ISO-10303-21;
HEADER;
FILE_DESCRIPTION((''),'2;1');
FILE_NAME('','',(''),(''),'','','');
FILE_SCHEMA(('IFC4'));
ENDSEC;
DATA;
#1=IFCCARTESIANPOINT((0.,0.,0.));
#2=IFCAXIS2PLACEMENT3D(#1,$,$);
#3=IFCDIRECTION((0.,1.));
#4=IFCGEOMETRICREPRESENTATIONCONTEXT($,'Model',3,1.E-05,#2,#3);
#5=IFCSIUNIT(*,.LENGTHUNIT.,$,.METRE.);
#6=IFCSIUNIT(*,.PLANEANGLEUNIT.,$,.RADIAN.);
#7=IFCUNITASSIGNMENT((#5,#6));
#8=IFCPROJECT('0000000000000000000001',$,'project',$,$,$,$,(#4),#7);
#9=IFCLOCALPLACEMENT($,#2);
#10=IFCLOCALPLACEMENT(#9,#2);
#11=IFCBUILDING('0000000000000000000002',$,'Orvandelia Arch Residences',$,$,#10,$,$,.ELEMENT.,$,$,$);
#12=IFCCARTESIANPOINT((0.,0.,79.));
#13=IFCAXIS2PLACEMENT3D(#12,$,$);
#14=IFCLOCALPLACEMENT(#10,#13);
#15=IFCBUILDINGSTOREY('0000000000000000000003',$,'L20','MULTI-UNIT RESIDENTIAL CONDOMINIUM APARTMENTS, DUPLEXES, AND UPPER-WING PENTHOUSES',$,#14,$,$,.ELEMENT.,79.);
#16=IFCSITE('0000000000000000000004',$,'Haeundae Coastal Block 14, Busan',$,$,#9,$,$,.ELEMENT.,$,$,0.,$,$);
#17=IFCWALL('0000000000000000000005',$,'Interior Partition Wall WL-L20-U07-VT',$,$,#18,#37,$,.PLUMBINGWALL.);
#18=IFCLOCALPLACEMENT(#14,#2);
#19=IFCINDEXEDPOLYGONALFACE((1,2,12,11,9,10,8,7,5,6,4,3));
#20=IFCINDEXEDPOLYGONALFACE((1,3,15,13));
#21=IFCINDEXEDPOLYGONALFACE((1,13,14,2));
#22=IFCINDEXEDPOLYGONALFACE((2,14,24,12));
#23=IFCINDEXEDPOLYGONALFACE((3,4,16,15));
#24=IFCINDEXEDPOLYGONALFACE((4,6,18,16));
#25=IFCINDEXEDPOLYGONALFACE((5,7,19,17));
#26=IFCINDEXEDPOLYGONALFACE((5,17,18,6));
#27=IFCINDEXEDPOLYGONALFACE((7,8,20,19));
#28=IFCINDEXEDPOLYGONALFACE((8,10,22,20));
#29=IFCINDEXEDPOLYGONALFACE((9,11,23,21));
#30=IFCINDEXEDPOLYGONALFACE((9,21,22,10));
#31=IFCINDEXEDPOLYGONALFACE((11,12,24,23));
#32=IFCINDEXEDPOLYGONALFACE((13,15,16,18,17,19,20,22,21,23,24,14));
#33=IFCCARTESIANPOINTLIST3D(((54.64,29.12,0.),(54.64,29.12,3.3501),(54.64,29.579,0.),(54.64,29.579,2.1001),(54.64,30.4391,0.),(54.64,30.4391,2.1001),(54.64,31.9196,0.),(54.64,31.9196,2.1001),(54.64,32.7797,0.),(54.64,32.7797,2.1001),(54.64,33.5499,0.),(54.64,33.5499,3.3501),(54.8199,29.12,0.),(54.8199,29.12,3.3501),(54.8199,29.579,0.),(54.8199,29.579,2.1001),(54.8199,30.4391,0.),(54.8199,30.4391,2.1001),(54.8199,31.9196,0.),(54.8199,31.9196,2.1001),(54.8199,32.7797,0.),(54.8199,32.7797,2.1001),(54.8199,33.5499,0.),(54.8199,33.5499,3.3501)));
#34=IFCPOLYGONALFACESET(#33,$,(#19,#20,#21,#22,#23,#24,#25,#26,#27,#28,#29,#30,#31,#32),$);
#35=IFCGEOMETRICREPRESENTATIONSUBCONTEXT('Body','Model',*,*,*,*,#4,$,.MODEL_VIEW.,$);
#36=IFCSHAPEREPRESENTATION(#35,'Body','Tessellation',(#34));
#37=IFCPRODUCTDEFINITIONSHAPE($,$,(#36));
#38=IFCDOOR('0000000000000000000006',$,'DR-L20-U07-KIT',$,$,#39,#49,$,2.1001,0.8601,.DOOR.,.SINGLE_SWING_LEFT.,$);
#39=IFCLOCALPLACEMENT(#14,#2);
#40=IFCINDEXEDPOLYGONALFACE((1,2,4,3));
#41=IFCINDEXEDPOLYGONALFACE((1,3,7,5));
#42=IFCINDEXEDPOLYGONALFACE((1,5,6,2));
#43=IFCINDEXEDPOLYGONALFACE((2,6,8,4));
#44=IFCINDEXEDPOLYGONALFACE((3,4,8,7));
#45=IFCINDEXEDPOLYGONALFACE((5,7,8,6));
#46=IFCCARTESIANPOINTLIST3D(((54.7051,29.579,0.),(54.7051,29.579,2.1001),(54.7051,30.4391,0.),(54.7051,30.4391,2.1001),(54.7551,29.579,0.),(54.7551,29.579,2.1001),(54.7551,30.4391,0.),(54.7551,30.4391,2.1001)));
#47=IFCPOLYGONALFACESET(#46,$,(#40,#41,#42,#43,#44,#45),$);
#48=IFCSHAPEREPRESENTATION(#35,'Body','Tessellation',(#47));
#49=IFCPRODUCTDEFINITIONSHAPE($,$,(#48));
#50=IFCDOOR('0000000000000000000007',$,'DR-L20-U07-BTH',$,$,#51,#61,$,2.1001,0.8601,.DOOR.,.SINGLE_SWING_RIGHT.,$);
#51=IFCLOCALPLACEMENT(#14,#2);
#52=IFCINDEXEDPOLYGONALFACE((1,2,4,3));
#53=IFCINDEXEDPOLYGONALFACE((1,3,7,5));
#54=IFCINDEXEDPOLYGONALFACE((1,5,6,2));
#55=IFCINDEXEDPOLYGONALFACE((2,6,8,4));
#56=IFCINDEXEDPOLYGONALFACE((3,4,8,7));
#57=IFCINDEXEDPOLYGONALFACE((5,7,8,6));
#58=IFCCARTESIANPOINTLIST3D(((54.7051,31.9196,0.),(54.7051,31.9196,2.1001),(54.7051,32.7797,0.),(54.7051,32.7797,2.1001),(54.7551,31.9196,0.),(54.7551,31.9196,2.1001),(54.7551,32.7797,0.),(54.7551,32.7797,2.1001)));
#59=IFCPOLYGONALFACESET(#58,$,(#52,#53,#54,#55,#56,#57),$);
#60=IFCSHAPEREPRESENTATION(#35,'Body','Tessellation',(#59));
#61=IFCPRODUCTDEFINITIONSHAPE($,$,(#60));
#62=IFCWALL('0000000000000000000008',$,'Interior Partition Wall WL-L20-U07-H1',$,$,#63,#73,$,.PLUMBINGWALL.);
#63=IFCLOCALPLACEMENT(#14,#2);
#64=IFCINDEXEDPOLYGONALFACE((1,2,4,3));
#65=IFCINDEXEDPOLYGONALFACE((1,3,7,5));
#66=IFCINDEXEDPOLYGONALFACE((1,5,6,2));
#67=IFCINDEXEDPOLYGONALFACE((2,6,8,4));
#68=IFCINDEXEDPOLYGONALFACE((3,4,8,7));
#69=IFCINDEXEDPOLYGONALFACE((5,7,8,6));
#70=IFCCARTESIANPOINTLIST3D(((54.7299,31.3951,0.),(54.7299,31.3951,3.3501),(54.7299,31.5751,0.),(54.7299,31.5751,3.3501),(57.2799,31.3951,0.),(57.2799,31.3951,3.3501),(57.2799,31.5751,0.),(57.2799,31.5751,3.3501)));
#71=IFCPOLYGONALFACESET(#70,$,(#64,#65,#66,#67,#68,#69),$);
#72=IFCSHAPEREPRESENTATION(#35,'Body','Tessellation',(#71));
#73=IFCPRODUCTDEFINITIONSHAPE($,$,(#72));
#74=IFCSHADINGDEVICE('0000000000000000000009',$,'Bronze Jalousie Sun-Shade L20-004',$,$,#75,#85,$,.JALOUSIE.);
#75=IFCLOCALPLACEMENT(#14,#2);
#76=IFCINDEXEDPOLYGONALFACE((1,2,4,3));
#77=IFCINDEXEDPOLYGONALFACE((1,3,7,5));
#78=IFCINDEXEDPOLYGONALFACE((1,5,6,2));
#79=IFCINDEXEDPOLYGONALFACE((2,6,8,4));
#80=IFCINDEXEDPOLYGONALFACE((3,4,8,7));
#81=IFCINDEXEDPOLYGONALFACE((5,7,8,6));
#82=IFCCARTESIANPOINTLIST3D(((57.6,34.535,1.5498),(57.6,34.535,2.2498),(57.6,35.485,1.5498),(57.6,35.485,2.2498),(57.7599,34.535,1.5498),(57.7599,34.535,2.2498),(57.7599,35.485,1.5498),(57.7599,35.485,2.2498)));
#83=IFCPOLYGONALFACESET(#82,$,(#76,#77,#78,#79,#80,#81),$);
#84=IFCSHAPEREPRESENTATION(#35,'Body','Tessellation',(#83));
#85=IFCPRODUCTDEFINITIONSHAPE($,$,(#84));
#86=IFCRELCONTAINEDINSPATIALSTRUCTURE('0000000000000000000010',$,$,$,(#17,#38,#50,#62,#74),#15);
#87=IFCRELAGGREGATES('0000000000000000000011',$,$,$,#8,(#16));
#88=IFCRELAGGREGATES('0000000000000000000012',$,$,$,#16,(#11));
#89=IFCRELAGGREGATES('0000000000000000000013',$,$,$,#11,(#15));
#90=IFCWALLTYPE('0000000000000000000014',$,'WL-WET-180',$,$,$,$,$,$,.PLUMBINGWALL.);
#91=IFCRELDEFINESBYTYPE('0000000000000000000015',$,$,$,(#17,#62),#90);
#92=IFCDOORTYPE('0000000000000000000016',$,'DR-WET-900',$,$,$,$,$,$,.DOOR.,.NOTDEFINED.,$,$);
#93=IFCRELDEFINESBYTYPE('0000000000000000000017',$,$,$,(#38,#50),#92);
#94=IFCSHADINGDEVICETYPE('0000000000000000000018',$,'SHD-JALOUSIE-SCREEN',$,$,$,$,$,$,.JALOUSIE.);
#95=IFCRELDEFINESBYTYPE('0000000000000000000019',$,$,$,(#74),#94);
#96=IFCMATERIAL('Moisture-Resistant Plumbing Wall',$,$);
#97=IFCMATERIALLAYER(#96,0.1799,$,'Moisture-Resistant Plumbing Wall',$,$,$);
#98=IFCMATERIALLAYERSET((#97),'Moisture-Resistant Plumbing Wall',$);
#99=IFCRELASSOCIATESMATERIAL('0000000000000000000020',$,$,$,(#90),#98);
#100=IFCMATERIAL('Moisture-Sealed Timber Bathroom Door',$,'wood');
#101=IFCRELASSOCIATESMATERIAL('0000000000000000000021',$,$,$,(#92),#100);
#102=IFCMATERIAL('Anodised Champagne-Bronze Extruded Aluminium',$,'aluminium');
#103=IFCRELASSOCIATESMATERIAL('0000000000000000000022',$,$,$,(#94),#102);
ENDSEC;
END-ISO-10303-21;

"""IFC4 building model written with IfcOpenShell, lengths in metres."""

from ifc_helpers import new_model, si_unit, direction, frame, frame_2d, origin, origin_2d, place, context, subcontext, project, spatial, rectangle, extrude, material, layer, layer_set, type_object, element, fill, save


model = new_model("IFC4")

# Units and contexts
model_context = context("Model", 3, precision=1e-05, world=origin(), true_north=direction((0.0, 1.0)))
body_context = subcontext(model_context, "Body", "Model", "MODEL_VIEW")
ifc_project = project(units=[si_unit("LENGTHUNIT", "METRE"), si_unit("PLANEANGLEUNIT", "RADIAN")], contexts=[model_context])

# Site, building, storey
site_placement = place(None, origin())
site = spatial("IfcSite", under=ifc_project, at=site_placement, Name="Haeundae Coastal Block 14, Busan", CompositionType="ELEMENT", RefElevation=0.0)
building_placement = place(site_placement, origin())
building = spatial("IfcBuilding", under=site, at=building_placement, Name="Orvandelia Arch Residences", CompositionType="ELEMENT")
storey_placement = place(building_placement, frame((0.0, 0.0, 79.0)))
storey = spatial("IfcBuildingStorey", under=building, at=storey_placement, Name="L20", Description="MULTI-UNIT RESIDENTIAL CONDOMINIUM APARTMENTS, DUPLEXES, AND UPPER-WING PENTHOUSES", CompositionType="ELEMENT", Elevation=79.0)

# Wall, openings, doors
ifc_material_1 = material(Name="Moisture-Resistant Plumbing Wall")
ifc_layer_1 = layer(ifc_material_1, 0.1799, Name="Moisture-Resistant Plumbing Wall")
ifc_layer_set_1 = layer_set([ifc_layer_1], Name="Moisture-Resistant Plumbing Wall")
wall_type_1 = type_object("IfcWallType", Name="WL-WET-180", PredefinedType="PLUMBINGWALL", material=ifc_layer_set_1)
wall_1_placement = place(storey_placement, frame((54.73, 29.1201, 0.0), z_axis=(0.0, 0.0, 1.0), x_axis=(0.0, 1.0, 0.0)))
wall_1 = element("IfcWall", 1, at=wall_1_placement, inside=storey, type_object=wall_type_1, Name="Interior Partition Wall WL-L20-U07-VT", PredefinedType="PLUMBINGWALL", context=body_context, shape_type="SweptSolid", body=[
    extrude(rectangle(XDim=4.4299, YDim=0.1799, at=frame_2d((2.2148, 0.0))), origin(), (0.0, 0.0, 1.0), 3.3501),
])
opening_1_placement = place(wall_1_placement, frame((0.4587, 0.0, 0.0)))
opening_1 = element("IfcOpeningElement", 2, at=opening_1_placement, cuts=wall_1, PredefinedType="OPENING", context=body_context, shape_type="SweptSolid", body=[
    extrude(rectangle(XDim=0.8601, YDim=2.1001, at=frame_2d((0.4302, 1.05))), frame((0.0, 0.1001, 0.0), z_axis=(0.0, -1.0, 0.0), x_axis=(1.0, 0.0, 0.0)), (0.0, 0.0, 1.0), 0.2),
])
opening_2_placement = place(wall_1_placement, frame((2.7993, 0.0, 0.0)))
opening_2 = element("IfcOpeningElement", 3, at=opening_2_placement, cuts=wall_1, PredefinedType="OPENING", context=body_context, shape_type="SweptSolid", body=[
    extrude(rectangle(XDim=0.8601, YDim=2.1001, at=frame_2d((0.4302, 1.05))), frame((0.0, 0.1001, 0.0), z_axis=(0.0, -1.0, 0.0), x_axis=(1.0, 0.0, 0.0)), (0.0, 0.0, 1.0), 0.2),
])
ifc_material_2 = material(Name="Moisture-Sealed Timber Bathroom Door", Category="wood")
door_type = type_object("IfcDoorType", Name="DR-WET-900", OperationType="NOTDEFINED", PredefinedType="DOOR", material=ifc_material_2)
door_1_placement = place(opening_1_placement, origin())
door_1 = element("IfcDoor", 4, at=door_1_placement, inside=storey, type_object=door_type, Name="DR-L20-U07-KIT", OperationType="SINGLE_SWING_LEFT", OverallHeight=2.1001, OverallWidth=0.8601, PredefinedType="DOOR", context=body_context, shape_type="SweptSolid", body=[
    extrude(rectangle(XDim=0.8601, YDim=2.1001, at=frame_2d((0.4302, 1.05))), frame((0.0, 0.0249, 0.0), z_axis=(0.0, -1.0, 0.0), x_axis=(1.0, 0.0, 0.0)), (0.0, 0.0, 1.0), 0.05),
])
fill(opening_1, door_1)
door_2_placement = place(opening_2_placement, origin())
door_2 = element("IfcDoor", 5, at=door_2_placement, inside=storey, type_object=door_type, Name="DR-L20-U07-BTH", OperationType="SINGLE_SWING_RIGHT", OverallHeight=2.1001, OverallWidth=0.8601, PredefinedType="DOOR", context=body_context, shape_type="SweptSolid", body=[
    extrude(rectangle(XDim=0.8601, YDim=2.1001, at=frame_2d((0.4302, 1.05))), frame((0.0, 0.0249, 0.0), z_axis=(0.0, -1.0, 0.0), x_axis=(1.0, 0.0, 0.0)), (0.0, 0.0, 1.0), 0.05),
])
fill(opening_2, door_2)

# Wall
wall_2_placement = place(storey_placement, frame((54.73, 31.4851, 0.0), z_axis=(0.0, 0.0, 1.0), x_axis=(1.0, 0.0, 0.0)))
element("IfcWall", 6, at=wall_2_placement, inside=storey, type_object=wall_type_1, Name="Interior Partition Wall WL-L20-U07-H1", PredefinedType="PLUMBINGWALL", context=body_context, shape_type="SweptSolid", body=[
    extrude(rectangle(XDim=2.55, YDim=0.1799, at=frame_2d((1.2749, 0.0))), origin(), (0.0, 0.0, 1.0), 3.3501),
])

# Shading device
ifc_material_3 = material(Name="Anodised Champagne-Bronze Extruded Aluminium", Category="aluminium")
shading_device_type = type_object("IfcShadingDeviceType", Name="SHD-JALOUSIE-SCREEN", PredefinedType="JALOUSIE", material=ifc_material_3)
shading_device_placement = place(storey_placement, frame((57.6799, 35.01, 1.5498), z_axis=(0.0, 0.0, 1.0), x_axis=(0.0, -1.0, 0.0)))
element("IfcShadingDevice", 7, at=shading_device_placement, inside=storey, type_object=shading_device_type, Name="Bronze Jalousie Sun-Shade L20-004", PredefinedType="JALOUSIE", context=body_context, shape_type="SweptSolid", body=[
    extrude(rectangle(XDim=0.95, YDim=0.1599, at=origin_2d()), origin(), (0.0, 0.0, 1.0), 0.7),
])

save(model, "model.ifc")
